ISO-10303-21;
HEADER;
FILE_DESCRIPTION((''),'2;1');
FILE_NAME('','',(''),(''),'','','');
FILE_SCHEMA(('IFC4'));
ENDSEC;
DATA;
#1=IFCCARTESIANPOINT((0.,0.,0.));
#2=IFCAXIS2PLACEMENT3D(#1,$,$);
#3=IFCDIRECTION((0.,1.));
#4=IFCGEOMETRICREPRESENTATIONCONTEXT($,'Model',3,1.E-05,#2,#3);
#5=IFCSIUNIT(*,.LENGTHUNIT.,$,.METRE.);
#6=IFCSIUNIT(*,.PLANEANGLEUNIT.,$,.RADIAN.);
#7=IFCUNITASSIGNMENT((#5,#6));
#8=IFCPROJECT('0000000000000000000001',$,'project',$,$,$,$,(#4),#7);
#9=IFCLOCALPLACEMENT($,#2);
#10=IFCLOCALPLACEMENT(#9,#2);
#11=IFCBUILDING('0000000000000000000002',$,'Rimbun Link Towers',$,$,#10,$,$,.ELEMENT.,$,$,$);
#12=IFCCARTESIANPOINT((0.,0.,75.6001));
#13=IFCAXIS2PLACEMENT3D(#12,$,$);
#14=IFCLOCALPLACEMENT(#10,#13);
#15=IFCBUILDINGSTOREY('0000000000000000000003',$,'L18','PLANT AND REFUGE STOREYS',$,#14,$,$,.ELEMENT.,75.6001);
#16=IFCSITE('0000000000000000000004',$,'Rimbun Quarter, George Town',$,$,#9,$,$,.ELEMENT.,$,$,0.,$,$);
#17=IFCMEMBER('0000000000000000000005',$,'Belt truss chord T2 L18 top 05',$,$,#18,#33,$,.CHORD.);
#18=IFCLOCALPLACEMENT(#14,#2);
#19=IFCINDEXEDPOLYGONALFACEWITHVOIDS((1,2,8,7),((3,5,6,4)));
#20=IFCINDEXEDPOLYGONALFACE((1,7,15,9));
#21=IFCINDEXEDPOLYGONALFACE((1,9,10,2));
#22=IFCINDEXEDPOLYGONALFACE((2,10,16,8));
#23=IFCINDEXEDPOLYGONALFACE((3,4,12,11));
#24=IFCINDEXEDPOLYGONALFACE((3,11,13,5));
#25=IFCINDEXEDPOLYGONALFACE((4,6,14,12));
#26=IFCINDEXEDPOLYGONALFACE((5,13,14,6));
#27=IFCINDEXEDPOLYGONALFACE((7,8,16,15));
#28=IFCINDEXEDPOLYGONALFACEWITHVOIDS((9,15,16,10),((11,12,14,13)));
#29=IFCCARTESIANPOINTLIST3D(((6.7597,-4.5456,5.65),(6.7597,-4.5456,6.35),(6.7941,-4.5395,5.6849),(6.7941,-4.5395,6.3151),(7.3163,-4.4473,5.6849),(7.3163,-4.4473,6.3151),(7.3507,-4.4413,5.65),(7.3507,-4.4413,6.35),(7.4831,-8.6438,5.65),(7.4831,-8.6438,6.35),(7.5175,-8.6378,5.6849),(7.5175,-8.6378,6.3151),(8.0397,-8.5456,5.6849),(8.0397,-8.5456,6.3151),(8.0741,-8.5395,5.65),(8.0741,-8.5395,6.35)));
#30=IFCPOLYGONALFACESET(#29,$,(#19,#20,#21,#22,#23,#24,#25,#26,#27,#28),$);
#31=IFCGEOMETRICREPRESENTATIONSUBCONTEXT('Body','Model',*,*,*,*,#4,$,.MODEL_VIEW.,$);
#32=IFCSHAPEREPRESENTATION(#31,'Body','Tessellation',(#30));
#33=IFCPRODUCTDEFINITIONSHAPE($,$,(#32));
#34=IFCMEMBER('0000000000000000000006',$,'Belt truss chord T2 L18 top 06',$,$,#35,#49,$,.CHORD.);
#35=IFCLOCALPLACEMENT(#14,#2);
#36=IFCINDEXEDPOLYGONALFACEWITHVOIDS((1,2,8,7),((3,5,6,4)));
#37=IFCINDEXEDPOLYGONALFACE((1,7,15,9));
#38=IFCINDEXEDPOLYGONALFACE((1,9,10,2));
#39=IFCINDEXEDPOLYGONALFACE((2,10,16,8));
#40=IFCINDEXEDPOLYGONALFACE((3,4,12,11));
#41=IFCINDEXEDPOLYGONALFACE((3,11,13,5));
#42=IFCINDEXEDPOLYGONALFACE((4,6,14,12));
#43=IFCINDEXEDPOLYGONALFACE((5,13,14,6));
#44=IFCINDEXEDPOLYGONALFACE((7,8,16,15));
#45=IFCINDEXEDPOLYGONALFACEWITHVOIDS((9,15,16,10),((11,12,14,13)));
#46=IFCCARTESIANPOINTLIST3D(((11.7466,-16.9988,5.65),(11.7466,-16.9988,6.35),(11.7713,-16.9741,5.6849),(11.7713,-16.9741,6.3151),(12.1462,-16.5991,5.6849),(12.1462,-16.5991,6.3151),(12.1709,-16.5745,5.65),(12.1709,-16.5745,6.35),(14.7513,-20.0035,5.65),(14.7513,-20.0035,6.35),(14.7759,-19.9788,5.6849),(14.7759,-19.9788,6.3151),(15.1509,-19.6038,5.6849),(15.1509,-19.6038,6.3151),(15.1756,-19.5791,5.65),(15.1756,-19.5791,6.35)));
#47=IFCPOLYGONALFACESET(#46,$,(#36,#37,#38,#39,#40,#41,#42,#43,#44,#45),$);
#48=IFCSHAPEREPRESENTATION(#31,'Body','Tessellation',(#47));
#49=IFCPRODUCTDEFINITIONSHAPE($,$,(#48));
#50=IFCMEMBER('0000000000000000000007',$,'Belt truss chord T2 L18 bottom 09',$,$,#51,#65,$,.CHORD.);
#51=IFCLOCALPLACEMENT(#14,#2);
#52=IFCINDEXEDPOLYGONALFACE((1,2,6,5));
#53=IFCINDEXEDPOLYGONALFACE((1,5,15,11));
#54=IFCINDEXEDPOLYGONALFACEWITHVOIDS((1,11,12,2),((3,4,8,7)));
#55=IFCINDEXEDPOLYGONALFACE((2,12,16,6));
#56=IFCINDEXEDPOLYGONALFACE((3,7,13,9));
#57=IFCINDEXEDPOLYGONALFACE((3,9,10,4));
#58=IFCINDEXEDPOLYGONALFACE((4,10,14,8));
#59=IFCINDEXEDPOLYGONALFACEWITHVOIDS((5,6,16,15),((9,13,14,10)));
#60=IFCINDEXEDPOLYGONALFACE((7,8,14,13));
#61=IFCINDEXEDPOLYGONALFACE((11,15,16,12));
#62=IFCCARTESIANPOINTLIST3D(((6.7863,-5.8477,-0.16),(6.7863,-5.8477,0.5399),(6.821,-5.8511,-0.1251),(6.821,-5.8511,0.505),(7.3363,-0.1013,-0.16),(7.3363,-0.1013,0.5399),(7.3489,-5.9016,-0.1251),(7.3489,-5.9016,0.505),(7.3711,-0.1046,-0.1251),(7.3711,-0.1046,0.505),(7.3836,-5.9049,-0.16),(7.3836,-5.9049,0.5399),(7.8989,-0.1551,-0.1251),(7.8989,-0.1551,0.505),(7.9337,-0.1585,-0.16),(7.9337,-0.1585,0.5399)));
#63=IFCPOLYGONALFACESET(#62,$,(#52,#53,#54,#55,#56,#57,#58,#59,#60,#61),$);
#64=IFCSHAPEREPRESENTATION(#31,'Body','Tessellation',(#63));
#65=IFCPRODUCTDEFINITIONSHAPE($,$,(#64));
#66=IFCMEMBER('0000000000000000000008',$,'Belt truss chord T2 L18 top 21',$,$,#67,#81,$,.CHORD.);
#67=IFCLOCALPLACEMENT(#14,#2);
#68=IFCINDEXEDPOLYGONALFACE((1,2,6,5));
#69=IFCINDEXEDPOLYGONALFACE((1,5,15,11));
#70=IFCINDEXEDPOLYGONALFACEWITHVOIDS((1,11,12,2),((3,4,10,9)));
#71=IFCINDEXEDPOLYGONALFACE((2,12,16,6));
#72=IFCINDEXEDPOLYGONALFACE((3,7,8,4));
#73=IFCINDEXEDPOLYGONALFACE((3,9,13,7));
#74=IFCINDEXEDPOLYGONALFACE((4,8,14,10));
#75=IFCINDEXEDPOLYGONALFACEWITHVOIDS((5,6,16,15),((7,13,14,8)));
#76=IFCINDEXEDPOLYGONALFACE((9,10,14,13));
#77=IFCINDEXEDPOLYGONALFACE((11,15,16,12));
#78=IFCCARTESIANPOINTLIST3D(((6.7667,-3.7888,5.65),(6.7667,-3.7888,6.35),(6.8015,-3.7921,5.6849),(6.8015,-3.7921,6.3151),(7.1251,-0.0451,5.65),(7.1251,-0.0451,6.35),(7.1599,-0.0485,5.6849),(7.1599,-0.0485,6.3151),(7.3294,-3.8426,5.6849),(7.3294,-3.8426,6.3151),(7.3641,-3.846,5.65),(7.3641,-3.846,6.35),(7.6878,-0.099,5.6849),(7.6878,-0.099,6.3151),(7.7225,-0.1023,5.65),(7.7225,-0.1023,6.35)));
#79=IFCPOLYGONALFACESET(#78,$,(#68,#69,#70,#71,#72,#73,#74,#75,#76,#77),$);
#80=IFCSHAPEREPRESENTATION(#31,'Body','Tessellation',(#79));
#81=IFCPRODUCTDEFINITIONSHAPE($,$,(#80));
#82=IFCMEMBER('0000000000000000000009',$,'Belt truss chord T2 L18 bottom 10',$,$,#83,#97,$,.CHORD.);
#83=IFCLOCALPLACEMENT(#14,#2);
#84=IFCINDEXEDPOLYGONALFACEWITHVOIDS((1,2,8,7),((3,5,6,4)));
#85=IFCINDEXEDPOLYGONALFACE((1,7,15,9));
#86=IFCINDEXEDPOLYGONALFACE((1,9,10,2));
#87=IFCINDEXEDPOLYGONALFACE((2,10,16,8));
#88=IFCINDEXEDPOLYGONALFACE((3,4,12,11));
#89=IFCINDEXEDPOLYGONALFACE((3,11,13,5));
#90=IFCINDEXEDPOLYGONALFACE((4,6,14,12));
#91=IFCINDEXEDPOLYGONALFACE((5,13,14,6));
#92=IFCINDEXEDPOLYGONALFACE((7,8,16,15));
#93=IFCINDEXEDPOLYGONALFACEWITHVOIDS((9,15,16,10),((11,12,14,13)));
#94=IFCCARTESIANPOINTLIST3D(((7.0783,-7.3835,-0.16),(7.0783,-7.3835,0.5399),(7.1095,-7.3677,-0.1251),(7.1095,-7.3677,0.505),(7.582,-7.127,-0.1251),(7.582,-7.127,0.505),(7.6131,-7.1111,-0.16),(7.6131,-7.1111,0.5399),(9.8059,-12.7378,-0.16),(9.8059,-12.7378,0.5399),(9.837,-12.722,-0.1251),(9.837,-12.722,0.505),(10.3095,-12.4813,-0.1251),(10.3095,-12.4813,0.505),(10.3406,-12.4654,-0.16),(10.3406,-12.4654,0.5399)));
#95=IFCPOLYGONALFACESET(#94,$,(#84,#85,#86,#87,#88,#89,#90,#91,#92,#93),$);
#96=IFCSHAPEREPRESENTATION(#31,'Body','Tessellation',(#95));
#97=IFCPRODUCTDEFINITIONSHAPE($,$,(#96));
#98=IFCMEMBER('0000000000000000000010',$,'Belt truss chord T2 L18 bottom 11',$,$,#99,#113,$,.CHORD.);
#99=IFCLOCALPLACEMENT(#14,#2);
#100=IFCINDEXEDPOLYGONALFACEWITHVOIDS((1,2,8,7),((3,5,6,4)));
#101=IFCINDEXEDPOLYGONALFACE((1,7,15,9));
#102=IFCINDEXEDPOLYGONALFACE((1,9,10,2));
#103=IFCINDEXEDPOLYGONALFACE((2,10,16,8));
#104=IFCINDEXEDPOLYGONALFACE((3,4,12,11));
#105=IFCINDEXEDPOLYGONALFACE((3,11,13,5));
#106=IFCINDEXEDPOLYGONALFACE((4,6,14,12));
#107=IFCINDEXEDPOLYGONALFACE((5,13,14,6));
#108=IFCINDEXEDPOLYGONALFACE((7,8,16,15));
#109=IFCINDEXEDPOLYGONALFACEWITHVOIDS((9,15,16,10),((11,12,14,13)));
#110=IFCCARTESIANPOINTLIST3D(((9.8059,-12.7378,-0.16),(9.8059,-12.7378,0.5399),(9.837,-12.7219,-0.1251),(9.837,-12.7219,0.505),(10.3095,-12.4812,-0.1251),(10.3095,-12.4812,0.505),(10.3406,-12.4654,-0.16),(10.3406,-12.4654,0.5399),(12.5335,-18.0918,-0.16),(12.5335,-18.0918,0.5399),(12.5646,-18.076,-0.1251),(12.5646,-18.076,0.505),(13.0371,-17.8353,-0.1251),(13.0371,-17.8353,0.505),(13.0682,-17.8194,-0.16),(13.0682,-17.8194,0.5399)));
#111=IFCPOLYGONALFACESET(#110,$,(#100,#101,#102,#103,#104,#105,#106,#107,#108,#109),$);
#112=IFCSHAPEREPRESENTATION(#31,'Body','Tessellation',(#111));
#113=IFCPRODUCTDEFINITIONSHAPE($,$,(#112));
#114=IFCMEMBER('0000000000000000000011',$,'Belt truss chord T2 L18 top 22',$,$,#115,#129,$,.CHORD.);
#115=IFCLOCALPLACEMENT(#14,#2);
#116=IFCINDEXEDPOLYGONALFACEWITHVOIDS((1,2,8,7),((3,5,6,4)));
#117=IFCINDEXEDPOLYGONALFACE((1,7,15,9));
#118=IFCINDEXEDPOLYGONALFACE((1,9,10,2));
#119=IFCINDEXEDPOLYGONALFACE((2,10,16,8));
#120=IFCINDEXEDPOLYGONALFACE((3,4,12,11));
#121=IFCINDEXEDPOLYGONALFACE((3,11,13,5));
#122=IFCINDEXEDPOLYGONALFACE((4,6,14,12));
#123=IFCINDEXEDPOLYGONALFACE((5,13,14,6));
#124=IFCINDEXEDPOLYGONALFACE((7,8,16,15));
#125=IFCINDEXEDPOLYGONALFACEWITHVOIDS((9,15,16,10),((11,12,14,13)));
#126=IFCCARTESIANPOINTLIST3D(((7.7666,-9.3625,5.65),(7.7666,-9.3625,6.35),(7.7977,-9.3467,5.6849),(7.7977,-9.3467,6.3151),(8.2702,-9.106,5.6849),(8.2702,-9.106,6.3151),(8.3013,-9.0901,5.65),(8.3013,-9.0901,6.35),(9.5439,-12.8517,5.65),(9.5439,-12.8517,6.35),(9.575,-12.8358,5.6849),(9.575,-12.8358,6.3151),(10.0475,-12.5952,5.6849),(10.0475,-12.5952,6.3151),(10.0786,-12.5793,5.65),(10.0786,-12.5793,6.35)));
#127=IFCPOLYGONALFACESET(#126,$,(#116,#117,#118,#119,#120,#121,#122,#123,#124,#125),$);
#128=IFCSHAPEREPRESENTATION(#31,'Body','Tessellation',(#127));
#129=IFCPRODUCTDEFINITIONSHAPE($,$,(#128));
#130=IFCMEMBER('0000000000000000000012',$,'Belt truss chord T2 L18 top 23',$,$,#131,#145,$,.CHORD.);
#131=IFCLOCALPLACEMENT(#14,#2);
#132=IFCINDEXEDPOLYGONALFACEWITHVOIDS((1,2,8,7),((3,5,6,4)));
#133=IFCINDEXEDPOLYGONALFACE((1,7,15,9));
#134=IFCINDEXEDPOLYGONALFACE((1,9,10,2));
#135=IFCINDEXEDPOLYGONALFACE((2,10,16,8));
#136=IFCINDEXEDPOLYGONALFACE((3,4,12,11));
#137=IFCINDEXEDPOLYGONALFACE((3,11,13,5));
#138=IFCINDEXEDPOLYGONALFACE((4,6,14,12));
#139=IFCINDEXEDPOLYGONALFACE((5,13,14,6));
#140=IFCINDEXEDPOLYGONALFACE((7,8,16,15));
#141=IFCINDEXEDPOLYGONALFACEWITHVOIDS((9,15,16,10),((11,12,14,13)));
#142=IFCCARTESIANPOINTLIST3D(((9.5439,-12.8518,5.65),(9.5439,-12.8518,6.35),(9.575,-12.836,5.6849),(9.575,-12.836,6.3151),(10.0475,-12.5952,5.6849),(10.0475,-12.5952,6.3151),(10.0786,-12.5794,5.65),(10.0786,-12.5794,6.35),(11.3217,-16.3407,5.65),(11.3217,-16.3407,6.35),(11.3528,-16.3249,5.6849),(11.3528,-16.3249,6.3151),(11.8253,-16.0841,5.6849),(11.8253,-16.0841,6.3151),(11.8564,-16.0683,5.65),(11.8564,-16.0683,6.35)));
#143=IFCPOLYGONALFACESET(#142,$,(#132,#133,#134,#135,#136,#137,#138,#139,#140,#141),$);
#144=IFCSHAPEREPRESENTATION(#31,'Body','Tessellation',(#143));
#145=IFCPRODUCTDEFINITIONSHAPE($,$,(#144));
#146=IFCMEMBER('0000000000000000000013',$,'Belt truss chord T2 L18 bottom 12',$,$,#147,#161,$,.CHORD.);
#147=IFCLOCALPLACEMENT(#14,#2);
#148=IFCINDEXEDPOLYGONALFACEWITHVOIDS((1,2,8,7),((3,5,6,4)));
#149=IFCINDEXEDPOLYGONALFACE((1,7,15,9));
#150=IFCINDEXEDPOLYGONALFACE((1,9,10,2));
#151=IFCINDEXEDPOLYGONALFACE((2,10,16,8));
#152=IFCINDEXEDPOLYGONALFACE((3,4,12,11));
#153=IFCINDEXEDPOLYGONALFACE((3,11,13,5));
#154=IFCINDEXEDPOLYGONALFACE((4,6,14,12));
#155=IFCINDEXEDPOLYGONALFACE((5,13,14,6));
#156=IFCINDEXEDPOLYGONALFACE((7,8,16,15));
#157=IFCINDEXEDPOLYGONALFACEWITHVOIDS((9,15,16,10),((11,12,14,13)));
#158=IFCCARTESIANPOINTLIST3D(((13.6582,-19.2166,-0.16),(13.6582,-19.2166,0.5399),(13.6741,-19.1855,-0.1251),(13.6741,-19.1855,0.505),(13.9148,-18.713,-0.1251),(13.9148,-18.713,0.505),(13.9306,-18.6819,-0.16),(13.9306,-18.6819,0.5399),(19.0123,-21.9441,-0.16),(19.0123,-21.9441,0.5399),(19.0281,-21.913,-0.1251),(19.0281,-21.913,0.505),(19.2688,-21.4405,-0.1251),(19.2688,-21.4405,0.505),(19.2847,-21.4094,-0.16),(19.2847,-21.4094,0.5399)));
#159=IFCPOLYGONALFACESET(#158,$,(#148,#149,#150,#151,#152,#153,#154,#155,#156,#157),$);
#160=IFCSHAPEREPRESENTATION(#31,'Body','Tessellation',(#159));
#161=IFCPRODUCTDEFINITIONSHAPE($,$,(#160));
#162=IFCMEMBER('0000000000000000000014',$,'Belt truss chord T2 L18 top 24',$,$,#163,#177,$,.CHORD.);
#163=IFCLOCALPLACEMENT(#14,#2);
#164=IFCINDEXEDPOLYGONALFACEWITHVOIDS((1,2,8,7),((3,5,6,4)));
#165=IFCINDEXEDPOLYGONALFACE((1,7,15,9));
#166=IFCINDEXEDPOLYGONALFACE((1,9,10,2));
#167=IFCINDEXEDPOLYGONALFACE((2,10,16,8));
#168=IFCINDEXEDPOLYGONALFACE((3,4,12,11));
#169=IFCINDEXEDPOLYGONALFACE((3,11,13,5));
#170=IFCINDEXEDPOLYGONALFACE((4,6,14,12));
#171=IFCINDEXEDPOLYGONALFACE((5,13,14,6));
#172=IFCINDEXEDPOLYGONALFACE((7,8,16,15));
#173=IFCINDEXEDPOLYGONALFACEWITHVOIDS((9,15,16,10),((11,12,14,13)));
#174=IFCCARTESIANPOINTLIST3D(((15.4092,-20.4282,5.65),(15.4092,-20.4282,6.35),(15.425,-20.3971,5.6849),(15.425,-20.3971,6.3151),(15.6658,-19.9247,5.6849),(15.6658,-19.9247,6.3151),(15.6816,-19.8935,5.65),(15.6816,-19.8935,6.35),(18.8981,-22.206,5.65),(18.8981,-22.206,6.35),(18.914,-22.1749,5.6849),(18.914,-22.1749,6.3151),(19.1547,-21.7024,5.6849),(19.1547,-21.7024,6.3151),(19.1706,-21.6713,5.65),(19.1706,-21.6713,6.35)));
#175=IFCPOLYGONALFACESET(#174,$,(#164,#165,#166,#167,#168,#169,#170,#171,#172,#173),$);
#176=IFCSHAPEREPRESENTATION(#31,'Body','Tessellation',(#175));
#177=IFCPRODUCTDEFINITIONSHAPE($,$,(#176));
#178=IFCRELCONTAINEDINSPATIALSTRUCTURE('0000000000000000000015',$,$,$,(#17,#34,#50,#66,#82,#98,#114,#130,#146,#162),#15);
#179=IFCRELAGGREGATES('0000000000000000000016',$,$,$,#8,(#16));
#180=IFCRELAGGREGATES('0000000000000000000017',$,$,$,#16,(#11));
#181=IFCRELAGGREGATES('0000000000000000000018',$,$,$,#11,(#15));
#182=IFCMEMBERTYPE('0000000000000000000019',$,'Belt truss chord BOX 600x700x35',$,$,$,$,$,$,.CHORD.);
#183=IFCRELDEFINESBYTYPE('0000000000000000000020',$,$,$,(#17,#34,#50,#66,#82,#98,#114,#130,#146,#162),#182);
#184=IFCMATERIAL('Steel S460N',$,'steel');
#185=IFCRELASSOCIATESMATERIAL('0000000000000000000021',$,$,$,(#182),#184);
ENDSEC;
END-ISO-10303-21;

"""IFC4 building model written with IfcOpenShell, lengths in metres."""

from ifc_helpers import new_model, si_unit, direction, frame, origin, origin_2d, place, context, subcontext, project, spatial, hollow_rectangle, extrude, material, material_profile, profile_set, type_object, element, save


model = new_model("IFC4")

# Units and contexts
model_context = context("Model", 3, precision=1e-05, world=origin(), true_north=direction((0.0, 1.0)))
body_context = subcontext(model_context, "Body", "Model", "MODEL_VIEW")
ifc_project = project(units=[si_unit("LENGTHUNIT", "METRE"), si_unit("PLANEANGLEUNIT", "RADIAN")], contexts=[model_context])

# Site, building, storey
site_placement = place(None, origin())
site = spatial("IfcSite", under=ifc_project, at=site_placement, Name="Rimbun Quarter, George Town", CompositionType="ELEMENT", RefElevation=0.0)
building_placement = place(site_placement, origin())
building = spatial("IfcBuilding", under=site, at=building_placement, Name="Rimbun Link Towers", CompositionType="ELEMENT")
storey_placement = place(building_placement, frame((0.0, 0.0, 75.6001)))
storey = spatial("IfcBuildingStorey", under=building, at=storey_placement, Name="L18", Description="PLANT AND REFUGE STOREYS", CompositionType="ELEMENT", Elevation=75.6001)

# Members
ifc_material_1 = material(Name="Steel S460N", Category="steel")
ifc_material_profile_1 = material_profile(ifc_material_1, hollow_rectangle(XDim=0.6001, YDim=0.7, WallThickness=0.0349, at=origin_2d()), Name="Belt truss chord BOX 600x700x35")
ifc_profile_set_1 = profile_set([ifc_material_profile_1], Name="Steel S460N")
member_type_1 = type_object("IfcMemberType", Name="Belt truss chord BOX 600x700x35", PredefinedType="CHORD", material=ifc_profile_set_1)
member_1_placement = place(storey_placement, frame((7.0552, -4.4934, 6.0), z_axis=(0.173829, -0.984776, 0.0), x_axis=(0.984776, 0.173829, 0.0)))
element("IfcMember", 1, at=member_1_placement, inside=storey, type_object=member_type_1, Name="Belt truss chord T2 L18 top 05", PredefinedType="CHORD", context=body_context, shape_type="SweptSolid", body=[
    extrude(hollow_rectangle(XDim=0.6001, YDim=0.7, WallThickness=0.0349, at=origin_2d()), origin(), (0.0, 0.0, 1.0), 4.1616),
])
member_2_placement = place(storey_placement, frame((11.9587, -16.7866, 6.0), z_axis=(0.707107, -0.707107, 0.0), x_axis=(0.707107, 0.707107, 0.0)))
element("IfcMember", 2, at=member_2_placement, inside=storey, type_object=member_type_1, Name="Belt truss chord T2 L18 top 06", PredefinedType="CHORD", context=body_context, shape_type="SweptSolid", body=[
    extrude(hollow_rectangle(XDim=0.6001, YDim=0.7, WallThickness=0.0349, at=origin_2d()), origin(), (0.0, 0.0, 1.0), 4.2493),
])
member_3_placement = place(storey_placement, frame((7.635, -0.1299, 0.1899), z_axis=(-0.095286, -0.99545, 0.0), x_axis=(0.99545, -0.095286, 0.0)))
element("IfcMember", 3, at=member_3_placement, inside=storey, type_object=member_type_1, Name="Belt truss chord T2 L18 bottom 09", PredefinedType="CHORD", context=body_context, shape_type="SweptSolid", body=[
    extrude(hollow_rectangle(XDim=0.6001, YDim=0.7, WallThickness=0.0349, at=origin_2d()), origin(), (0.0, 0.0, 1.0), 5.7727),
])
member_4_placement = place(storey_placement, frame((7.4238, -0.0737, 6.0), z_axis=(-0.095299, -0.995449, 0.0), x_axis=(0.995449, -0.095299, 0.0)))
element("IfcMember", 4, at=member_4_placement, inside=storey, type_object=member_type_1, Name="Belt truss chord T2 L18 top 21", PredefinedType="CHORD", context=body_context, shape_type="SweptSolid", body=[
    extrude(hollow_rectangle(XDim=0.6001, YDim=0.7, WallThickness=0.0349, at=origin_2d()), origin(), (0.0, 0.0, 1.0), 3.7607),
])
member_5_placement = place(storey_placement, frame((7.3457, -7.2473, 0.1899), z_axis=(0.453913, -0.891046, 0.0), x_axis=(0.891046, 0.453913, 0.0)))
element("IfcMember", 5, at=member_5_placement, inside=storey, type_object=member_type_1, Name="Belt truss chord T2 L18 bottom 10", PredefinedType="CHORD", context=body_context, shape_type="SweptSolid", body=[
    extrude(hollow_rectangle(XDim=0.6001, YDim=0.7, WallThickness=0.0349, at=origin_2d()), origin(), (0.0, 0.0, 1.0), 6.009),
])
member_6_placement = place(storey_placement, frame((10.0732, -12.6016, 0.1899), z_axis=(0.453929, -0.891038, 0.0), x_axis=(0.891038, 0.453929, 0.0)))
element("IfcMember", 6, at=member_6_placement, inside=storey, type_object=member_type_1, Name="Belt truss chord T2 L18 bottom 11", PredefinedType="CHORD", context=body_context, shape_type="SweptSolid", body=[
    extrude(hollow_rectangle(XDim=0.6001, YDim=0.7, WallThickness=0.0349, at=origin_2d()), origin(), (0.0, 0.0, 1.0), 6.0088),
])
for number, where, z_axis, x_axis, name in (
    (7, (8.0339, -9.2263, 6.0), (0.453885, -0.89106, 0.0), (0.89106, 0.453885, 0.0), "Belt truss chord T2 L18 top 22"),
    (8, (9.8113, -12.7156, 6.0), (0.454009, -0.890997, 0.0), (0.890997, 0.454009, 0.0), "Belt truss chord T2 L18 top 23"),
):
    element("IfcMember", number, at=place(storey_placement, frame(where, z_axis=z_axis, x_axis=x_axis)), inside=storey, type_object=member_type_1, Name=name, PredefinedType="CHORD", context=body_context, shape_type="SweptSolid", body=[
        extrude(hollow_rectangle(XDim=0.6001, YDim=0.7, WallThickness=0.0349, at=origin_2d()), origin(), (0.0, 0.0, 1.0), 3.9158),
    ])
member_7_placement = place(storey_placement, frame((13.7944, -18.9492, 0.1899), z_axis=(0.891038, -0.453929, 0.0), x_axis=(0.453929, 0.891038, 0.0)))
element("IfcMember", 9, at=member_7_placement, inside=storey, type_object=member_type_1, Name="Belt truss chord T2 L18 bottom 12", PredefinedType="CHORD", context=body_context, shape_type="SweptSolid", body=[
    extrude(hollow_rectangle(XDim=0.6001, YDim=0.7, WallThickness=0.0349, at=origin_2d()), origin(), (0.0, 0.0, 1.0), 6.0088),
])
member_8_placement = place(storey_placement, frame((15.5454, -20.1609, 6.0), z_axis=(0.890997, -0.454009, 0.0), x_axis=(0.454009, 0.890997, 0.0)))
element("IfcMember", 10, at=member_8_placement, inside=storey, type_object=member_type_1, Name="Belt truss chord T2 L18 top 24", PredefinedType="CHORD", context=body_context, shape_type="SweptSolid", body=[
    extrude(hollow_rectangle(XDim=0.6001, YDim=0.7, WallThickness=0.0349, at=origin_2d()), origin(), (0.0, 0.0, 1.0), 3.9158),
])

save(model, "model.ifc")
